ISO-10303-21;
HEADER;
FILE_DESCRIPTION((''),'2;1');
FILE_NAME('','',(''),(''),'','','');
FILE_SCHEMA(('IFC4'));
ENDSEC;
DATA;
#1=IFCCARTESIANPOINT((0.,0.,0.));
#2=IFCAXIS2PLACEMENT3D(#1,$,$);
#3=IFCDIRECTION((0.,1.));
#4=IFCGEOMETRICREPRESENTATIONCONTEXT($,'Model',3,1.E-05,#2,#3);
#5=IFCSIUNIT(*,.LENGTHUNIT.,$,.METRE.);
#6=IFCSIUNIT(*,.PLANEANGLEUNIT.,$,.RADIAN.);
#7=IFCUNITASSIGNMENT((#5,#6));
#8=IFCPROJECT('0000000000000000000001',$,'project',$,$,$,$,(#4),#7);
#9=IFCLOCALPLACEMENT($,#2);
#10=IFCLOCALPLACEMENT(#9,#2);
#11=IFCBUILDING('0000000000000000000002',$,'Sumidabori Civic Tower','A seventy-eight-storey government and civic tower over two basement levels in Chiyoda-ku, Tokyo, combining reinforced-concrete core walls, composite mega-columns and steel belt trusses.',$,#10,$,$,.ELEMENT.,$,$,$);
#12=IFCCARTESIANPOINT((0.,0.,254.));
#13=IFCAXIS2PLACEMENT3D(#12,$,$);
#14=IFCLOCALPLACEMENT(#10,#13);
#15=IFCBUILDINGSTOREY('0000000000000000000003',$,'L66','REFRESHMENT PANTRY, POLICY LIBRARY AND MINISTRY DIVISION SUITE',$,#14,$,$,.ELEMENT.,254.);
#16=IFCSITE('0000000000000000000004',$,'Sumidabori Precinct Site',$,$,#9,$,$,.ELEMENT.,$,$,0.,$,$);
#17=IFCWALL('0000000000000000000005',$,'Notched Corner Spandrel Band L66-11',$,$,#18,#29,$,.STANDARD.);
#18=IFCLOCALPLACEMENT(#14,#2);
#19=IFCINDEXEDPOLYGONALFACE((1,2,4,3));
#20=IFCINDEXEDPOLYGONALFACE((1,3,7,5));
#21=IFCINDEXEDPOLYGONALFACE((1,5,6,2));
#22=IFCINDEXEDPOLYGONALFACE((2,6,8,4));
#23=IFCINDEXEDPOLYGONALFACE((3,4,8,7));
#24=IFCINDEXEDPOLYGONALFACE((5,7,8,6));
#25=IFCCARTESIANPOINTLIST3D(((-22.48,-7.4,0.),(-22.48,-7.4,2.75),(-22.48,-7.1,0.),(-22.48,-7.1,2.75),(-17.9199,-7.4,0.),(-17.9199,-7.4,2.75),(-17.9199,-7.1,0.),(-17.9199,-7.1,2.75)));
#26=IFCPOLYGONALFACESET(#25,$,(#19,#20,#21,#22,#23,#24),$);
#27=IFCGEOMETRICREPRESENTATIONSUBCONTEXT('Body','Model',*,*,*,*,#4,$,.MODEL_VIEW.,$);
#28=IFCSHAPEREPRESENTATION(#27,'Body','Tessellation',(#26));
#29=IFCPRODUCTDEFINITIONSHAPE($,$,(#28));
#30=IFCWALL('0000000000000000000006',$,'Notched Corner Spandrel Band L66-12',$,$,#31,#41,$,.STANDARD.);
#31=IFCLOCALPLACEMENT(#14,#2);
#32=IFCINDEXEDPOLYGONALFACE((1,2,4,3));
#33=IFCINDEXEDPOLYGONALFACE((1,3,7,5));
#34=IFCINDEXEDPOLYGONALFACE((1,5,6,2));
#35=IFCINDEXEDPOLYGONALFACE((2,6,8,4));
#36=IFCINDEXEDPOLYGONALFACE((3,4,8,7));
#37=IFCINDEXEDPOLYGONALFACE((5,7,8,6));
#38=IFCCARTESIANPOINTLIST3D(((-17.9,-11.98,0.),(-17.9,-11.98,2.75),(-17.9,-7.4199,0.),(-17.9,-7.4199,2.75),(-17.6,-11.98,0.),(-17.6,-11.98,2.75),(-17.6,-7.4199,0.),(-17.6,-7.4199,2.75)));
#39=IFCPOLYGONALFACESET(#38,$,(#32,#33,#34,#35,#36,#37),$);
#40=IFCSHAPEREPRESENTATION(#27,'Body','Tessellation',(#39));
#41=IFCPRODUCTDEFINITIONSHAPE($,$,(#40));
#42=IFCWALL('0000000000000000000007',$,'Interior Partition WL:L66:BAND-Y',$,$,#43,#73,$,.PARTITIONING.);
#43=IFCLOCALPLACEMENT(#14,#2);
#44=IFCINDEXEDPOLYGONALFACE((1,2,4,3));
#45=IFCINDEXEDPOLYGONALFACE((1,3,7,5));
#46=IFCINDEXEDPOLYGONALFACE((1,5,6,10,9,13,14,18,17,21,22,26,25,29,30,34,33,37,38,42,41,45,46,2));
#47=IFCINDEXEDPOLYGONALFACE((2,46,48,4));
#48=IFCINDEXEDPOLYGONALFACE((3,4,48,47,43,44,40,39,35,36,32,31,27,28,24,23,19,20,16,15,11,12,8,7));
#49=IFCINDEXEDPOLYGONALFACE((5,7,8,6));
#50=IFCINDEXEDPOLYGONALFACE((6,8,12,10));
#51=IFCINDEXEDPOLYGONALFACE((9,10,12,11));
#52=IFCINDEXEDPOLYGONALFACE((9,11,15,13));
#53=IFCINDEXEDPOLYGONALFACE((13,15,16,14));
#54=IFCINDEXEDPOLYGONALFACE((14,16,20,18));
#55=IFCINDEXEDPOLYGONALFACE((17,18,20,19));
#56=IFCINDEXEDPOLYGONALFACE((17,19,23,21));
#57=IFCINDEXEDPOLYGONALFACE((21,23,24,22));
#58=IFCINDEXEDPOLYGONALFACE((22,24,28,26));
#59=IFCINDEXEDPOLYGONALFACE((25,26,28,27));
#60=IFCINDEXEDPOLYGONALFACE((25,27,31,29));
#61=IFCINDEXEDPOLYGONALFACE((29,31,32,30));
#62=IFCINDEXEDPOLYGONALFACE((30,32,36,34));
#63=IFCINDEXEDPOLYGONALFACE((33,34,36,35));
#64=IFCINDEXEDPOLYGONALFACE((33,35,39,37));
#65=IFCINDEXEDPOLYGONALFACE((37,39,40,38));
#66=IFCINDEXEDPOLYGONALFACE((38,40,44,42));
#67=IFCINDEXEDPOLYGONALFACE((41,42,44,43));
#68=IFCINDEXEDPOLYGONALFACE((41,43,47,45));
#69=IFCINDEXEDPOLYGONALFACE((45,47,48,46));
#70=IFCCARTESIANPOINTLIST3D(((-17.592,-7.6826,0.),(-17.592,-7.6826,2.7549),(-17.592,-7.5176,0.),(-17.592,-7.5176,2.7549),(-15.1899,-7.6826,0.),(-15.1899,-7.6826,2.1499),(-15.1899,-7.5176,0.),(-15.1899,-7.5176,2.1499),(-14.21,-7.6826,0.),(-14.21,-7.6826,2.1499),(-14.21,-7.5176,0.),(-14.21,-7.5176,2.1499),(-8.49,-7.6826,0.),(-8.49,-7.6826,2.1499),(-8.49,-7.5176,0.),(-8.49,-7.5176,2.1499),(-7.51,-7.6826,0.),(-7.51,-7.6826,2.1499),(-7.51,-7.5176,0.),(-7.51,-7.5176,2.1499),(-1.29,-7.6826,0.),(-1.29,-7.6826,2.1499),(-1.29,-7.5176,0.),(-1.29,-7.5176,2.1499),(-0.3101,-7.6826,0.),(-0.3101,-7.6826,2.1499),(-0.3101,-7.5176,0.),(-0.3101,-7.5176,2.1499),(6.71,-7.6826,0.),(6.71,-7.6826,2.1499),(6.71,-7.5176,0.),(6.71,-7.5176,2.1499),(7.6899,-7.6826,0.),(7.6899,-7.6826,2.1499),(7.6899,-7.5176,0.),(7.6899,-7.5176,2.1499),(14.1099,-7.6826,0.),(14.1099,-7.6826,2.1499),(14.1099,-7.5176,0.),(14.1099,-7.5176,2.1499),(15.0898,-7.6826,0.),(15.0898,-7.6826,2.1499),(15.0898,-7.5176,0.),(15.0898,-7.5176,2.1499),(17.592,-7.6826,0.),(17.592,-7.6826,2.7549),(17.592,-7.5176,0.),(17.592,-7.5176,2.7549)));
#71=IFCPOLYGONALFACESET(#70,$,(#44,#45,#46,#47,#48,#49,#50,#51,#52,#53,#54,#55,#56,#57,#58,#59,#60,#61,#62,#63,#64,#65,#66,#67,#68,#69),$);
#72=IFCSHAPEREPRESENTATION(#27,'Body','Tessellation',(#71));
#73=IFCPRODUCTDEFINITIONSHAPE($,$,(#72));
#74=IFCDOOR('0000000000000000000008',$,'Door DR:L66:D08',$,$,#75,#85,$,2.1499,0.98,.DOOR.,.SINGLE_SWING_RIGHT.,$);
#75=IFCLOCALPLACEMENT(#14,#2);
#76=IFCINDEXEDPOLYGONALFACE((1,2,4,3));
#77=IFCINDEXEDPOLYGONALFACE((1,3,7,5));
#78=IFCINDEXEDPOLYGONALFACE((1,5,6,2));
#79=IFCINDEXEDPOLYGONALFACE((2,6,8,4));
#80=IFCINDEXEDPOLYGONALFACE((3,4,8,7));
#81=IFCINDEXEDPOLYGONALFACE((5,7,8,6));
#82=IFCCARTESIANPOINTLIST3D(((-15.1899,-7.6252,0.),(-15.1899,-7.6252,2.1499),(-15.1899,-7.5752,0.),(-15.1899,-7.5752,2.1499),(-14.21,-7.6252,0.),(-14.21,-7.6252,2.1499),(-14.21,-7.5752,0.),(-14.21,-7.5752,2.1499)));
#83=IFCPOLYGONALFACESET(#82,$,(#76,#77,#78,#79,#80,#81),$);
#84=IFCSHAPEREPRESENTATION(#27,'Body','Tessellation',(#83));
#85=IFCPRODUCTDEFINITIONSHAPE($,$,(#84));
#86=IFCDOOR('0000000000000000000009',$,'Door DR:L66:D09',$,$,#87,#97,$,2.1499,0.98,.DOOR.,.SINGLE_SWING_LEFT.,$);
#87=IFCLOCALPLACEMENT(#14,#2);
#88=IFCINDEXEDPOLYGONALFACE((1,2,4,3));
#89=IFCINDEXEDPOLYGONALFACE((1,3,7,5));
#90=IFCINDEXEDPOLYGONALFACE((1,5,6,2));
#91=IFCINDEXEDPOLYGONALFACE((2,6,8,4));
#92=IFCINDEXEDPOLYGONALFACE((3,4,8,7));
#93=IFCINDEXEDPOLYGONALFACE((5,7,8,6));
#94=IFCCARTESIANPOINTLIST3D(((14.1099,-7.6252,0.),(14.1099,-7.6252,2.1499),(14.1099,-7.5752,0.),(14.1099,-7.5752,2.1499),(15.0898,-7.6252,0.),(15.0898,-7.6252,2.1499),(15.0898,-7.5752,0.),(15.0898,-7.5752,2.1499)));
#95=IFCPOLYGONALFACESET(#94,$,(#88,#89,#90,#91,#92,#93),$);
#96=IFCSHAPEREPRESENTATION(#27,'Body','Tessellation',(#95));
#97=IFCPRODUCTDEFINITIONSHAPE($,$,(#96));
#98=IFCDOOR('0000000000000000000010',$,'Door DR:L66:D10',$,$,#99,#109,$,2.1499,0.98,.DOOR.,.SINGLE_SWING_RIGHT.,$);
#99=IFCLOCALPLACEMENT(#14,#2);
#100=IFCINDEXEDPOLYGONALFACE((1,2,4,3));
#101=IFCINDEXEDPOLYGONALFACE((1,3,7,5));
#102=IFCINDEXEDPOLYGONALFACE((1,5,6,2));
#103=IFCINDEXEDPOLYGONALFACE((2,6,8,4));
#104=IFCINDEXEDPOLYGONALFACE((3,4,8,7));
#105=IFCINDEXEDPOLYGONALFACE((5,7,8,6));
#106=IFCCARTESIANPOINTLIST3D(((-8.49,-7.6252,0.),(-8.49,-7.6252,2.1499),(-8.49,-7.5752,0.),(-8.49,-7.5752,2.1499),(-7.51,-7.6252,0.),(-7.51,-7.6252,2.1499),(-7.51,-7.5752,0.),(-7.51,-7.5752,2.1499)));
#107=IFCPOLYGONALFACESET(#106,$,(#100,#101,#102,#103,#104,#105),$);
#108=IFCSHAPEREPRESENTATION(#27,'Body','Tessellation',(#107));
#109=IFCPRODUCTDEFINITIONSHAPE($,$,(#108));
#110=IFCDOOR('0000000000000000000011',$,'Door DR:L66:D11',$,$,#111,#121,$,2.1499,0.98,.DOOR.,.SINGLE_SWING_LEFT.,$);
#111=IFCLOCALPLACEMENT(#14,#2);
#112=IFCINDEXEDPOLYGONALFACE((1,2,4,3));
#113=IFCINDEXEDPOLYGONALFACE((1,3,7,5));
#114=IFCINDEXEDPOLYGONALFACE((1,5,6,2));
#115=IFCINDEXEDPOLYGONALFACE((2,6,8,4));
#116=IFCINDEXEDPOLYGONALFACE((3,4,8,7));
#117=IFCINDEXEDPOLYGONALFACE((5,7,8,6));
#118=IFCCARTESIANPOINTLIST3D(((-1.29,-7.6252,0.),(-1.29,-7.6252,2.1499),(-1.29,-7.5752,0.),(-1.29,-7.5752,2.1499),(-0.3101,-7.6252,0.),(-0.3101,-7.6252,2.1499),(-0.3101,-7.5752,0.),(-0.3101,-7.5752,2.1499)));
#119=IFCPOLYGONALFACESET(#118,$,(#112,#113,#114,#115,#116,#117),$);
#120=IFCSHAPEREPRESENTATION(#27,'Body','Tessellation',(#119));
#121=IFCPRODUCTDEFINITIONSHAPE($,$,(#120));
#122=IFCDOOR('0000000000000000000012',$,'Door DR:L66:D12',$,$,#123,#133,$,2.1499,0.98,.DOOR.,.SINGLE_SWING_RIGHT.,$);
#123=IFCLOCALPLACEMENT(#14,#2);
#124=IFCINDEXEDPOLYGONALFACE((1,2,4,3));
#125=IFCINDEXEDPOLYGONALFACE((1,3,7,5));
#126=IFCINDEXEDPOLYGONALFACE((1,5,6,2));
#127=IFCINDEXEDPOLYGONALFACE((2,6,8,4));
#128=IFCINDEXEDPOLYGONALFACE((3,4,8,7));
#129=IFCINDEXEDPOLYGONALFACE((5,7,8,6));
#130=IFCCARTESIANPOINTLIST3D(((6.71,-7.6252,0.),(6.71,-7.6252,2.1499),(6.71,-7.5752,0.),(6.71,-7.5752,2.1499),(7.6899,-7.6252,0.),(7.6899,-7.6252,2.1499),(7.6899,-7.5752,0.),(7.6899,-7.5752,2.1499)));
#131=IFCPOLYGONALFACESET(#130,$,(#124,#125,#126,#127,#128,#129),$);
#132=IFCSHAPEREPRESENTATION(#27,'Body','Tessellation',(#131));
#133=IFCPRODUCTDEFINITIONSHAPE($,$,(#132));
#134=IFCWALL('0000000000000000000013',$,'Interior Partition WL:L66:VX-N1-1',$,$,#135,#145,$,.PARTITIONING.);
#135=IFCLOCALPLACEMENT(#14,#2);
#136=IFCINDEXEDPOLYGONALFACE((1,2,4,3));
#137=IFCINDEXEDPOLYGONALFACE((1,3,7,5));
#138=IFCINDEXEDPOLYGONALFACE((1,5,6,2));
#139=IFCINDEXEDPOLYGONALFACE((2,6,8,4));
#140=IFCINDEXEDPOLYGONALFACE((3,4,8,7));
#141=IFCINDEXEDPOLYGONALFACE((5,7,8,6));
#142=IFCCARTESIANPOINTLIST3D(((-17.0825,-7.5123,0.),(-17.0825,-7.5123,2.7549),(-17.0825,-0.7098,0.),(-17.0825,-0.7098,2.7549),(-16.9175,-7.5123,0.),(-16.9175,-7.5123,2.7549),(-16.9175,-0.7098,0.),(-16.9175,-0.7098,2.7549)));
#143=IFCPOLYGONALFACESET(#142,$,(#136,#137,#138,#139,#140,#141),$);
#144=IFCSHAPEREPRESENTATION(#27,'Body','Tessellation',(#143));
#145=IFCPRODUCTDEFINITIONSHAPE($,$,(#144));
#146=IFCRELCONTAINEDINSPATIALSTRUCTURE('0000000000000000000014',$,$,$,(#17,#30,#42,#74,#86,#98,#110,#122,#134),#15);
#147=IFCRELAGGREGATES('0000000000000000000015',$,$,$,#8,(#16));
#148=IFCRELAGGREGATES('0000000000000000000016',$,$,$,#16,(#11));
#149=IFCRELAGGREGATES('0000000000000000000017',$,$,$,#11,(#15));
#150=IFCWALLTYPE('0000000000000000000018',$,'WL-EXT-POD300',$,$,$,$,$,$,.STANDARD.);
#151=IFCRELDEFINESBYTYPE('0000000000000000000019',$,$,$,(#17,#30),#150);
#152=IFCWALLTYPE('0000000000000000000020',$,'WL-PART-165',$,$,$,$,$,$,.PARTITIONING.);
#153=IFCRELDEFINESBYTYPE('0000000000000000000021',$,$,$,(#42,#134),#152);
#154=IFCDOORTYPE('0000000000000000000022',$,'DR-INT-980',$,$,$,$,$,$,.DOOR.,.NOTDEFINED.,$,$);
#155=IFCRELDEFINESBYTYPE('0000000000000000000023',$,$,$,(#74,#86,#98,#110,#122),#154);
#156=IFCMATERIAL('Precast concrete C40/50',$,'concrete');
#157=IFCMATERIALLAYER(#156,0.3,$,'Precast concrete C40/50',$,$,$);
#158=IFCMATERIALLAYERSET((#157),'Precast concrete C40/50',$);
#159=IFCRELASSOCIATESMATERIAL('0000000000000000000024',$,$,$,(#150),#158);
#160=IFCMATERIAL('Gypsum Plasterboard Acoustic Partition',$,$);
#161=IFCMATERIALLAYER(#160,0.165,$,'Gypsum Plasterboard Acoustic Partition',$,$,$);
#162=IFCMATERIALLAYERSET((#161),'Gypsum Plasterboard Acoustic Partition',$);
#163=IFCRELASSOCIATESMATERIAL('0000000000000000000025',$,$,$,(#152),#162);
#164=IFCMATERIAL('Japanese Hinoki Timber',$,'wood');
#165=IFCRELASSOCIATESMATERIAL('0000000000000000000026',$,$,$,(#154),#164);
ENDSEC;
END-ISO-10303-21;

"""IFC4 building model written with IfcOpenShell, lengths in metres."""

from ifc_helpers import new_model, si_unit, direction, frame, frame_2d, origin, place, context, subcontext, project, spatial, rectangle, extrude, source, transform, mapped, material, layer, layer_set, type_object, element, fill, save


model = new_model("IFC4")

# Units and contexts
model_context = context("Model", 3, precision=1e-05, world=origin(), true_north=direction((0.0, 1.0)))
body_context = subcontext(model_context, "Body", "Model", "MODEL_VIEW")
ifc_project = project(units=[si_unit("LENGTHUNIT", "METRE"), si_unit("PLANEANGLEUNIT", "RADIAN")], contexts=[model_context])

# Site, building, storey
site_placement = place(None, origin())
site = spatial("IfcSite", under=ifc_project, at=site_placement, Name="Sumidabori Precinct Site", CompositionType="ELEMENT", RefElevation=0.0)
building_placement = place(site_placement, origin())
building = spatial("IfcBuilding", under=site, at=building_placement, Name="Sumidabori Civic Tower", Description="A seventy-eight-storey government and civic tower over two basement levels in Chiyoda-ku, Tokyo, combining reinforced-concrete core walls, composite mega-columns and steel belt trusses.", CompositionType="ELEMENT")
storey_placement = place(building_placement, frame((0.0, 0.0, 254.0)))
storey = spatial("IfcBuildingStorey", under=building, at=storey_placement, Name="L66", Description="REFRESHMENT PANTRY, POLICY LIBRARY AND MINISTRY DIVISION SUITE", CompositionType="ELEMENT", Elevation=254.0)

# Walls
ifc_material_1 = material(Name="Precast concrete C40/50", Category="concrete")
ifc_layer_1 = layer(ifc_material_1, 0.3, Name="Precast concrete C40/50")
ifc_layer_set_1 = layer_set([ifc_layer_1], Name="Precast concrete C40/50")
wall_type_1 = type_object("IfcWallType", Name="WL-EXT-POD300", PredefinedType="STANDARD", material=ifc_layer_set_1)
shared_shape_1 = source(origin(), body_context, "Body", "SweptSolid", [
    extrude(rectangle(XDim=4.5601, YDim=0.3, at=frame_2d((2.28, 0.0))), origin(), (0.0, 0.0, 1.0), 2.75),
])
for number, where, z_axis, x_axis, name in (
    (1, (-22.48, -7.25, 0.0), (0.0, 0.0, 1.0), (1.0, 0.0, 0.0), "Notched Corner Spandrel Band L66-11"),
    (2, (-17.75, -7.4199, 0.0), (0.0, 0.0, 1.0), (0.0, -1.0, 0.0), "Notched Corner Spandrel Band L66-12"),
):
    element("IfcWall", number, at=place(storey_placement, frame(where, z_axis=z_axis, x_axis=x_axis)), inside=storey, type_object=wall_type_1, Name=name, PredefinedType="STANDARD", context=body_context, shape_type="MappedRepresentation", body=[
        mapped(shared_shape_1, transform((0.0, 0.0, 0.0), x_axis=(1.0, 0.0, 0.0), y_axis=(0.0, 1.0, 0.0), z_axis=(0.0, 0.0, 1.0), scale=1.0)),
    ])

# Wall, openings, doors
ifc_material_2 = material(Name="Gypsum Plasterboard Acoustic Partition")
ifc_layer_2 = layer(ifc_material_2, 0.165, Name="Gypsum Plasterboard Acoustic Partition")
ifc_layer_set_2 = layer_set([ifc_layer_2], Name="Gypsum Plasterboard Acoustic Partition")
wall_type_2 = type_object("IfcWallType", Name="WL-PART-165", PredefinedType="PARTITIONING", material=ifc_layer_set_2)
shared_shape_2 = source(origin(), body_context, "Body", "SweptSolid", [
    extrude(rectangle(XDim=35.1841, YDim=0.165, at=frame_2d((17.592, 0.0))), origin(), (0.0, 0.0, 1.0), 2.7549),
])
wall_1_placement = place(storey_placement, frame((-17.592, -7.6001, 0.0), z_axis=(0.0, 0.0, 1.0), x_axis=(1.0, 0.0, 0.0)))
wall_1 = element("IfcWall", 3, at=wall_1_placement, inside=storey, type_object=wall_type_2, Name="Interior Partition WL:L66:BAND-Y", PredefinedType="PARTITIONING", context=body_context, shape_type="MappedRepresentation", body=[
    mapped(shared_shape_2, transform((0.0, 0.0, 0.0), x_axis=(1.0, 0.0, 0.0), y_axis=(0.0, 1.0, 0.0), z_axis=(0.0, 0.0, 1.0), scale=1.0)),
])
opening_1_placement = place(wall_1_placement, frame((2.4021, 0.0, 0.0)))
opening_1 = element("IfcOpeningElement", 4, at=opening_1_placement, cuts=wall_1, PredefinedType="OPENING", context=body_context, shape_type="SweptSolid", body=[
    extrude(rectangle(XDim=0.98, YDim=2.1499, at=frame_2d((0.49, 1.075))), frame((0.0, 0.0945, 0.0), z_axis=(0.0, -1.0, 0.0), x_axis=(1.0, 0.0, 0.0)), (0.0, 0.0, 1.0), 0.189),
])
opening_2_placement = place(wall_1_placement, frame((31.7019, 0.0, 0.0)))
opening_2 = element("IfcOpeningElement", 5, at=opening_2_placement, cuts=wall_1, PredefinedType="OPENING", context=body_context, shape_type="SweptSolid", body=[
    extrude(rectangle(XDim=0.98, YDim=2.1499, at=frame_2d((0.49, 1.075))), frame((0.0, 0.0945, 0.0), z_axis=(0.0, -1.0, 0.0), x_axis=(1.0, 0.0, 0.0)), (0.0, 0.0, 1.0), 0.189),
])
opening_3_placement = place(wall_1_placement, frame((9.1021, 0.0, 0.0)))
opening_3 = element("IfcOpeningElement", 6, at=opening_3_placement, cuts=wall_1, PredefinedType="OPENING", context=body_context, shape_type="SweptSolid", body=[
    extrude(rectangle(XDim=0.98, YDim=2.1499, at=frame_2d((0.49, 1.075))), frame((0.0, 0.0945, 0.0), z_axis=(0.0, -1.0, 0.0), x_axis=(1.0, 0.0, 0.0)), (0.0, 0.0, 1.0), 0.189),
])
opening_4_placement = place(wall_1_placement, frame((16.302, 0.0, 0.0)))
opening_4 = element("IfcOpeningElement", 7, at=opening_4_placement, cuts=wall_1, PredefinedType="OPENING", context=body_context, shape_type="SweptSolid", body=[
    extrude(rectangle(XDim=0.98, YDim=2.1499, at=frame_2d((0.49, 1.075))), frame((0.0, 0.0945, 0.0), z_axis=(0.0, -1.0, 0.0), x_axis=(1.0, 0.0, 0.0)), (0.0, 0.0, 1.0), 0.189),
])
opening_5_placement = place(wall_1_placement, frame((24.302, 0.0, 0.0)))
opening_5 = element("IfcOpeningElement", 8, at=opening_5_placement, cuts=wall_1, PredefinedType="OPENING", context=body_context, shape_type="SweptSolid", body=[
    extrude(rectangle(XDim=0.98, YDim=2.1499, at=frame_2d((0.49, 1.075))), frame((0.0, 0.0945, 0.0), z_axis=(0.0, -1.0, 0.0), x_axis=(1.0, 0.0, 0.0)), (0.0, 0.0, 1.0), 0.189),
])
ifc_material_3 = material(Name="Japanese Hinoki Timber", Category="wood")
door_type = type_object("IfcDoorType", Name="DR-INT-980", OperationType="NOTDEFINED", PredefinedType="DOOR", material=ifc_material_3)
shared_shape_3 = source(origin(), body_context, "Body", "SweptSolid", [
    extrude(rectangle(XDim=0.98, YDim=2.1499, at=frame_2d((0.49, 1.075))), frame((0.0, 0.0249, 0.0), z_axis=(0.0, -1.0, 0.0), x_axis=(1.0, 0.0, 0.0)), (0.0, 0.0, 1.0), 0.05),
])
door_1_placement = place(opening_1_placement, origin())
door_1 = element("IfcDoor", 9, at=door_1_placement, inside=storey, type_object=door_type, Name="Door DR:L66:D08", OperationType="SINGLE_SWING_RIGHT", OverallHeight=2.1499, OverallWidth=0.98, PredefinedType="DOOR", context=body_context, shape_type="MappedRepresentation", body=[
    mapped(shared_shape_3, transform((0.0, 0.0, 0.0), x_axis=(1.0, 0.0, 0.0), y_axis=(0.0, 1.0, 0.0), z_axis=(0.0, 0.0, 1.0), scale=1.0)),
])
fill(opening_1, door_1)
door_2_placement = place(opening_2_placement, origin())
door_2 = element("IfcDoor", 10, at=door_2_placement, inside=storey, type_object=door_type, Name="Door DR:L66:D09", OperationType="SINGLE_SWING_LEFT", OverallHeight=2.1499, OverallWidth=0.98, PredefinedType="DOOR", context=body_context, shape_type="MappedRepresentation", body=[
    mapped(shared_shape_3, transform((0.0, 0.0, 0.0), x_axis=(1.0, 0.0, 0.0), y_axis=(0.0, 1.0, 0.0), z_axis=(0.0, 0.0, 1.0), scale=1.0)),
])
fill(opening_2, door_2)
door_3_placement = place(opening_3_placement, origin())
door_3 = element("IfcDoor", 11, at=door_3_placement, inside=storey, type_object=door_type, Name="Door DR:L66:D10", OperationType="SINGLE_SWING_RIGHT", OverallHeight=2.1499, OverallWidth=0.98, PredefinedType="DOOR", context=body_context, shape_type="MappedRepresentation", body=[
    mapped(shared_shape_3, transform((0.0, 0.0, 0.0), x_axis=(1.0, 0.0, 0.0), y_axis=(0.0, 1.0, 0.0), z_axis=(0.0, 0.0, 1.0), scale=1.0)),
])
fill(opening_3, door_3)
door_4_placement = place(opening_4_placement, origin())
door_4 = element("IfcDoor", 12, at=door_4_placement, inside=storey, type_object=door_type, Name="Door DR:L66:D11", OperationType="SINGLE_SWING_LEFT", OverallHeight=2.1499, OverallWidth=0.98, PredefinedType="DOOR", context=body_context, shape_type="MappedRepresentation", body=[
    mapped(shared_shape_3, transform((0.0, 0.0, 0.0), x_axis=(1.0, 0.0, 0.0), y_axis=(0.0, 1.0, 0.0), z_axis=(0.0, 0.0, 1.0), scale=1.0)),
])
fill(opening_4, door_4)
door_5_placement = place(opening_5_placement, origin())
door_5 = element("IfcDoor", 13, at=door_5_placement, inside=storey, type_object=door_type, Name="Door DR:L66:D12", OperationType="SINGLE_SWING_RIGHT", OverallHeight=2.1499, OverallWidth=0.98, PredefinedType="DOOR", context=body_context, shape_type="MappedRepresentation", body=[
    mapped(shared_shape_3, transform((0.0, 0.0, 0.0), x_axis=(1.0, 0.0, 0.0), y_axis=(0.0, 1.0, 0.0), z_axis=(0.0, 0.0, 1.0), scale=1.0)),
])
fill(opening_5, door_5)

# Wall
shared_shape_4 = source(origin(), body_context, "Body", "SweptSolid", [
    extrude(rectangle(XDim=6.8025, YDim=0.165, at=frame_2d((3.4014, 0.0))), origin(), (0.0, 0.0, 1.0), 2.7549),
])
wall_2_placement = place(storey_placement, frame((-17.0, -7.5125, 0.0), z_axis=(0.0, 0.0, 1.0), x_axis=(0.0, 1.0, 0.0)))
element("IfcWall", 14, at=wall_2_placement, inside=storey, type_object=wall_type_2, Name="Interior Partition WL:L66:VX-N1-1", PredefinedType="PARTITIONING", context=body_context, shape_type="MappedRepresentation", body=[
    mapped(shared_shape_4, transform((0.0, 0.0, 0.0), x_axis=(1.0, 0.0, 0.0), y_axis=(0.0, 1.0, 0.0), z_axis=(0.0, 0.0, 1.0), scale=1.0)),
])

save(model, "model.ifc")
